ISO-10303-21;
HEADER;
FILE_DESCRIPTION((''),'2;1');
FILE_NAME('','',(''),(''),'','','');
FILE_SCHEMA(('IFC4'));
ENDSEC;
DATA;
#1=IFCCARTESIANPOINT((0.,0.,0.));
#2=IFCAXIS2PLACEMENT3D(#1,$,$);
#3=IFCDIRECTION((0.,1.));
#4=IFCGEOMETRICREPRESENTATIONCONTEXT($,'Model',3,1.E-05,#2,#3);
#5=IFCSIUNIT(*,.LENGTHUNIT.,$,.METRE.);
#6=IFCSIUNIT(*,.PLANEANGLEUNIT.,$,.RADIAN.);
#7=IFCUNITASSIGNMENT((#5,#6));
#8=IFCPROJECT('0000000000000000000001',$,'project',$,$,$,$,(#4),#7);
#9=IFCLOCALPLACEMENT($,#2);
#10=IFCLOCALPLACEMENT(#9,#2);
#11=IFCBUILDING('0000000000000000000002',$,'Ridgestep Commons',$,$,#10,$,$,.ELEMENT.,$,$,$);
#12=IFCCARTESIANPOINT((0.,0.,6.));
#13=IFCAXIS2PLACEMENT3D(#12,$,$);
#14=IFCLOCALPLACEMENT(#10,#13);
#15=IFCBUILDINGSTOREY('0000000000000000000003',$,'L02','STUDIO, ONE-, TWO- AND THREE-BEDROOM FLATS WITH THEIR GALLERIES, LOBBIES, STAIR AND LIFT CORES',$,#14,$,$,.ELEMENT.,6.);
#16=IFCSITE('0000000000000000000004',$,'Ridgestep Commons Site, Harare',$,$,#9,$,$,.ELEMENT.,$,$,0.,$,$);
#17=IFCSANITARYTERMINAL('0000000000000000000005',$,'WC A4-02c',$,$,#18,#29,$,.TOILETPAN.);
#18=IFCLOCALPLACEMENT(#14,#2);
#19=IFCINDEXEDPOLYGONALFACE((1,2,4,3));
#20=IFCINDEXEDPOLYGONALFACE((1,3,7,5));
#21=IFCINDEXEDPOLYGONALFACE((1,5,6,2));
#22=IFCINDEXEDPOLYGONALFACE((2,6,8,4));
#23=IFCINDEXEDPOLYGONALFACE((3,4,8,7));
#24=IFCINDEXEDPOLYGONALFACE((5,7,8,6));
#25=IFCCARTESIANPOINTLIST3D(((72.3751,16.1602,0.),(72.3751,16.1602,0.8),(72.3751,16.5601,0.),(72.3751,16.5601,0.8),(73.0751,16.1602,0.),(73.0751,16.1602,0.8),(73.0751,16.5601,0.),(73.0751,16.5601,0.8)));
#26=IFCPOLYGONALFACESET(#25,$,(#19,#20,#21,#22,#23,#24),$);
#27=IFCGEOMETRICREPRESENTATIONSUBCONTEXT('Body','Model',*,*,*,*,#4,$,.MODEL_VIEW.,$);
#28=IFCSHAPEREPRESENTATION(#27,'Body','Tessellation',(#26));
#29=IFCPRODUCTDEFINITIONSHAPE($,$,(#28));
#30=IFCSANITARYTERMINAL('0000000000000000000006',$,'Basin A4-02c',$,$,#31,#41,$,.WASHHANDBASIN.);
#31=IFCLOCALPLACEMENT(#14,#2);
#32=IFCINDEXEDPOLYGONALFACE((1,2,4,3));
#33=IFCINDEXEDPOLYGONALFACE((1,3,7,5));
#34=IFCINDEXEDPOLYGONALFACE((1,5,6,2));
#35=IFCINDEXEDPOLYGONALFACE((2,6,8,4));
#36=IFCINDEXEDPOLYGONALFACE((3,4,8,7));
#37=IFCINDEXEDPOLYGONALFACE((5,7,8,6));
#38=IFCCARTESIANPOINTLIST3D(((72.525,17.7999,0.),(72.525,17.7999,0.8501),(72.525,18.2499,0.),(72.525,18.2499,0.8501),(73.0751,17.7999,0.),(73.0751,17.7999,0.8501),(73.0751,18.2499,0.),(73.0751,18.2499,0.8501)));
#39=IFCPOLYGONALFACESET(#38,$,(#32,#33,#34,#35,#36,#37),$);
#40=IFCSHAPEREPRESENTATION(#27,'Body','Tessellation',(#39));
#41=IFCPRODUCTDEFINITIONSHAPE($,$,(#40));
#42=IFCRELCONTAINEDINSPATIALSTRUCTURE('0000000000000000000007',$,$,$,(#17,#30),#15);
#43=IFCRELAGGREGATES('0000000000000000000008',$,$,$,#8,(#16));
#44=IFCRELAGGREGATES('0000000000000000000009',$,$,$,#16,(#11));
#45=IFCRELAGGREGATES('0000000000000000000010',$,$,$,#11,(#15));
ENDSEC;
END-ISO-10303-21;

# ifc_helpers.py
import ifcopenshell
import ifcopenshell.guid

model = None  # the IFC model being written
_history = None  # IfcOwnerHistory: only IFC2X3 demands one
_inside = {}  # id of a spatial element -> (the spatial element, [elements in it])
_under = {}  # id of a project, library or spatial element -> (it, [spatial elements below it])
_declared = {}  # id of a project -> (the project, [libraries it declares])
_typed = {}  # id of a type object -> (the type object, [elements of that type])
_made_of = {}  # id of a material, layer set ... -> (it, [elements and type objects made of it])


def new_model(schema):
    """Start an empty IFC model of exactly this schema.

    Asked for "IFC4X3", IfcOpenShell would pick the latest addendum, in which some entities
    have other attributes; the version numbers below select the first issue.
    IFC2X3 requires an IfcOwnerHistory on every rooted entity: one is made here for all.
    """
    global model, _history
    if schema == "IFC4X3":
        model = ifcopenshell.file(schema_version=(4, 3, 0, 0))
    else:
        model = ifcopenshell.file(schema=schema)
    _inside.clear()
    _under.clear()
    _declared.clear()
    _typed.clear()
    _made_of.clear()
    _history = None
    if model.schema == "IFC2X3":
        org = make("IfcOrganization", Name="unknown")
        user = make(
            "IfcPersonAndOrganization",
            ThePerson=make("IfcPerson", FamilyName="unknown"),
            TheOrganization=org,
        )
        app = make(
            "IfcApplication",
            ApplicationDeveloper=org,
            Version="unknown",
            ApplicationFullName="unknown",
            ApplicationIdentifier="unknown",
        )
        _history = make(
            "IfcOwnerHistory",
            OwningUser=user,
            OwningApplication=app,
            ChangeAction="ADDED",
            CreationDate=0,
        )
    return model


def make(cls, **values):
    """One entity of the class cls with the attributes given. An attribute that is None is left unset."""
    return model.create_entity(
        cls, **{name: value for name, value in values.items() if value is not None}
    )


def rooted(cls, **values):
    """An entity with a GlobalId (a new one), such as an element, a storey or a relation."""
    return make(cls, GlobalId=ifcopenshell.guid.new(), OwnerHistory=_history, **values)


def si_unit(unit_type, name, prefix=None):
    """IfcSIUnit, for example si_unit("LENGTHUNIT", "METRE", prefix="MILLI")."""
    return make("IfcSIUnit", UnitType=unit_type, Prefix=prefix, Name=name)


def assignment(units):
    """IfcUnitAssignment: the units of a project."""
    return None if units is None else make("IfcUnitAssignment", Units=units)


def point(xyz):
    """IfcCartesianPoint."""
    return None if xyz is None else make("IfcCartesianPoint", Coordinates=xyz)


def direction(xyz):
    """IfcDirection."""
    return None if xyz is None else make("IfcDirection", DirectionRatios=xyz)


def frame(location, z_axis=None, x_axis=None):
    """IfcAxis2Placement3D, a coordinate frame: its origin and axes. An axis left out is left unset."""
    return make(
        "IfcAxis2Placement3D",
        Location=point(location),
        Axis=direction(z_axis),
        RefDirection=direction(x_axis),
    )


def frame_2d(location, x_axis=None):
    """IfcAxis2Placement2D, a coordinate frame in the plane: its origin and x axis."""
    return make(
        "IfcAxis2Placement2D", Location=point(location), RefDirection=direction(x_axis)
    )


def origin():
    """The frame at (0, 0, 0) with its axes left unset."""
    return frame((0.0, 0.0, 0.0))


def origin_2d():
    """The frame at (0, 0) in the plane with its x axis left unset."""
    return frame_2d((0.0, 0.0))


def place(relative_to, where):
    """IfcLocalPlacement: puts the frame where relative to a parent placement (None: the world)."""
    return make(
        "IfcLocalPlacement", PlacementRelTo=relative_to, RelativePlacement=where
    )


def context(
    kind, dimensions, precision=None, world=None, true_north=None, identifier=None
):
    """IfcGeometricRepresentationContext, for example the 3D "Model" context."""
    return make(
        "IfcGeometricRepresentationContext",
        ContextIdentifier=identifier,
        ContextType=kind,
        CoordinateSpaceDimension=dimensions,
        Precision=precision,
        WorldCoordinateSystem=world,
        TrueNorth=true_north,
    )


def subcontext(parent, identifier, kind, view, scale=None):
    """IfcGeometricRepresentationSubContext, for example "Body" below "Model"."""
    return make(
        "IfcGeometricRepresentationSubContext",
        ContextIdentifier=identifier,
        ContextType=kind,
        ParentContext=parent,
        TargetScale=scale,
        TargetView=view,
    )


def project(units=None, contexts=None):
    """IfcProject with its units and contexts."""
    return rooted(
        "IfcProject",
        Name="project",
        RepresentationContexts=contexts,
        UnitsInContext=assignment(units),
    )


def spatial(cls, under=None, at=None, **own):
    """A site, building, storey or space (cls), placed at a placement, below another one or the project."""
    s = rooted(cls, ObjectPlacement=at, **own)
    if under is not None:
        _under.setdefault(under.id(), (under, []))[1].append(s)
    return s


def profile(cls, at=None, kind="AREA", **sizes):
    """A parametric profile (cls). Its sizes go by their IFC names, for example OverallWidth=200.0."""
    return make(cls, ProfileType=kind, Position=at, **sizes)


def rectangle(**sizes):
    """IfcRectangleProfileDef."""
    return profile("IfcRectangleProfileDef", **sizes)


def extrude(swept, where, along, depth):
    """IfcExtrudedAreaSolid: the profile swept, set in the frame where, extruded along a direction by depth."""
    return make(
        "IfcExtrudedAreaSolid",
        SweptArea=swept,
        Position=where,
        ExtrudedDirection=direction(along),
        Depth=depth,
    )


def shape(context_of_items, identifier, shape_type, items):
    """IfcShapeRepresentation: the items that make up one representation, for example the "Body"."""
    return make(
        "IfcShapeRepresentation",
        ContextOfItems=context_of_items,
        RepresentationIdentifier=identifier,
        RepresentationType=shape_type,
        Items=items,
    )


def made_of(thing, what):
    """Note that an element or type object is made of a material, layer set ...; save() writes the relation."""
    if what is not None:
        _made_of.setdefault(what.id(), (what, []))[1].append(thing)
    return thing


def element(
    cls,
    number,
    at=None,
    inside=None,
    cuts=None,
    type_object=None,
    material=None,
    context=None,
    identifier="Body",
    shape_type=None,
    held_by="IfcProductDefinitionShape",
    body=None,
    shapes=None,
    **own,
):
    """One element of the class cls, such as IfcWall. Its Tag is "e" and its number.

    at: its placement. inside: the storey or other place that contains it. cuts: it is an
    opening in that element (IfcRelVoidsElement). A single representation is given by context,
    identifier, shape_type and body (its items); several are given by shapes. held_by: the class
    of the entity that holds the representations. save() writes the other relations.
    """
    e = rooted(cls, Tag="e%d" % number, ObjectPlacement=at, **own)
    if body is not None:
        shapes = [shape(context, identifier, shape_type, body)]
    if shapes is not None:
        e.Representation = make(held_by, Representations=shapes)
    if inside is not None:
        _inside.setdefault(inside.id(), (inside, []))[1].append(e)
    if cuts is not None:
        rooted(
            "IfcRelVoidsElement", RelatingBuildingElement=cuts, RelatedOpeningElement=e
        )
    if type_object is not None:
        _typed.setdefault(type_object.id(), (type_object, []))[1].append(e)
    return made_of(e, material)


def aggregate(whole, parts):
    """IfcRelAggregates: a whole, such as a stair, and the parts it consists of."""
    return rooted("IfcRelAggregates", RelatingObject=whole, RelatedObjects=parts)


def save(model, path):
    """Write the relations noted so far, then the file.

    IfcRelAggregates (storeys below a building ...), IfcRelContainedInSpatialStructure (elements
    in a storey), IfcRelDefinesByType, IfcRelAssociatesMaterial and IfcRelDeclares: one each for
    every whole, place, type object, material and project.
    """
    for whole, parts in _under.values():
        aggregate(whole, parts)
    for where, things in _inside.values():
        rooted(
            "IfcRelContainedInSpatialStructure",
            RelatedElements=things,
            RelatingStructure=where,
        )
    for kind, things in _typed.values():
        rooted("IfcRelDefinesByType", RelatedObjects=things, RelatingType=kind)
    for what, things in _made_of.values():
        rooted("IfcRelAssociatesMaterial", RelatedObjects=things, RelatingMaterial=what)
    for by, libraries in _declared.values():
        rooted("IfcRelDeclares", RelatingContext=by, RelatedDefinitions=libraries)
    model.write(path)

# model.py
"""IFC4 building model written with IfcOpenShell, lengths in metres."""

from ifc_helpers import new_model, si_unit, direction, frame, origin, origin_2d, place, context, subcontext, project, spatial, rectangle, extrude, element, save


model = new_model("IFC4")

# Units and contexts
model_context = context("Model", 3, precision=1e-05, world=origin(), true_north=direction((0.0, 1.0)))
body_context = subcontext(model_context, "Body", "Model", "MODEL_VIEW")
ifc_project = project(units=[si_unit("LENGTHUNIT", "METRE"), si_unit("PLANEANGLEUNIT", "RADIAN")], contexts=[model_context])

# Site, building, storey
site_placement = place(None, origin())
site = spatial("IfcSite", under=ifc_project, at=site_placement, Name="Ridgestep Commons Site, Harare", CompositionType="ELEMENT", RefElevation=0.0)
building_placement = place(site_placement, origin())
building = spatial("IfcBuilding", under=site, at=building_placement, Name="Ridgestep Commons", CompositionType="ELEMENT")
storey_placement = place(building_placement, frame((0.0, 0.0, 6.0)))
storey = spatial("IfcBuildingStorey", under=building, at=storey_placement, Name="L02", Description="STUDIO, ONE-, TWO- AND THREE-BEDROOM FLATS WITH THEIR GALLERIES, LOBBIES, STAIR AND LIFT CORES", CompositionType="ELEMENT", Elevation=6.0)

# Sanitary terminals
sanitary_terminal_1_placement = place(storey_placement, frame((72.7251, 16.3601, 0.0), z_axis=(0.0, 0.0, 1.0), x_axis=(1.0, 0.0, 0.0)))
element("IfcSanitaryTerminal", 1, at=sanitary_terminal_1_placement, inside=storey, Name="WC A4-02c", PredefinedType="TOILETPAN", context=body_context, shape_type="SweptSolid", body=[
    extrude(rectangle(XDim=0.7, YDim=0.3999, at=origin_2d()), origin(), (0.0, 0.0, 1.0), 0.8),
])
sanitary_terminal_2_placement = place(storey_placement, frame((72.8, 18.0249, 0.0), z_axis=(0.0, 0.0, 1.0), x_axis=(1.0, 0.0, 0.0)))
element("IfcSanitaryTerminal", 2, at=sanitary_terminal_2_placement, inside=storey, Name="Basin A4-02c", PredefinedType="WASHHANDBASIN", context=body_context, shape_type="SweptSolid", body=[
    extrude(rectangle(XDim=0.55, YDim=0.45, at=origin_2d()), origin(), (0.0, 0.0, 1.0), 0.8501),
])

save(model, "model.ifc")
